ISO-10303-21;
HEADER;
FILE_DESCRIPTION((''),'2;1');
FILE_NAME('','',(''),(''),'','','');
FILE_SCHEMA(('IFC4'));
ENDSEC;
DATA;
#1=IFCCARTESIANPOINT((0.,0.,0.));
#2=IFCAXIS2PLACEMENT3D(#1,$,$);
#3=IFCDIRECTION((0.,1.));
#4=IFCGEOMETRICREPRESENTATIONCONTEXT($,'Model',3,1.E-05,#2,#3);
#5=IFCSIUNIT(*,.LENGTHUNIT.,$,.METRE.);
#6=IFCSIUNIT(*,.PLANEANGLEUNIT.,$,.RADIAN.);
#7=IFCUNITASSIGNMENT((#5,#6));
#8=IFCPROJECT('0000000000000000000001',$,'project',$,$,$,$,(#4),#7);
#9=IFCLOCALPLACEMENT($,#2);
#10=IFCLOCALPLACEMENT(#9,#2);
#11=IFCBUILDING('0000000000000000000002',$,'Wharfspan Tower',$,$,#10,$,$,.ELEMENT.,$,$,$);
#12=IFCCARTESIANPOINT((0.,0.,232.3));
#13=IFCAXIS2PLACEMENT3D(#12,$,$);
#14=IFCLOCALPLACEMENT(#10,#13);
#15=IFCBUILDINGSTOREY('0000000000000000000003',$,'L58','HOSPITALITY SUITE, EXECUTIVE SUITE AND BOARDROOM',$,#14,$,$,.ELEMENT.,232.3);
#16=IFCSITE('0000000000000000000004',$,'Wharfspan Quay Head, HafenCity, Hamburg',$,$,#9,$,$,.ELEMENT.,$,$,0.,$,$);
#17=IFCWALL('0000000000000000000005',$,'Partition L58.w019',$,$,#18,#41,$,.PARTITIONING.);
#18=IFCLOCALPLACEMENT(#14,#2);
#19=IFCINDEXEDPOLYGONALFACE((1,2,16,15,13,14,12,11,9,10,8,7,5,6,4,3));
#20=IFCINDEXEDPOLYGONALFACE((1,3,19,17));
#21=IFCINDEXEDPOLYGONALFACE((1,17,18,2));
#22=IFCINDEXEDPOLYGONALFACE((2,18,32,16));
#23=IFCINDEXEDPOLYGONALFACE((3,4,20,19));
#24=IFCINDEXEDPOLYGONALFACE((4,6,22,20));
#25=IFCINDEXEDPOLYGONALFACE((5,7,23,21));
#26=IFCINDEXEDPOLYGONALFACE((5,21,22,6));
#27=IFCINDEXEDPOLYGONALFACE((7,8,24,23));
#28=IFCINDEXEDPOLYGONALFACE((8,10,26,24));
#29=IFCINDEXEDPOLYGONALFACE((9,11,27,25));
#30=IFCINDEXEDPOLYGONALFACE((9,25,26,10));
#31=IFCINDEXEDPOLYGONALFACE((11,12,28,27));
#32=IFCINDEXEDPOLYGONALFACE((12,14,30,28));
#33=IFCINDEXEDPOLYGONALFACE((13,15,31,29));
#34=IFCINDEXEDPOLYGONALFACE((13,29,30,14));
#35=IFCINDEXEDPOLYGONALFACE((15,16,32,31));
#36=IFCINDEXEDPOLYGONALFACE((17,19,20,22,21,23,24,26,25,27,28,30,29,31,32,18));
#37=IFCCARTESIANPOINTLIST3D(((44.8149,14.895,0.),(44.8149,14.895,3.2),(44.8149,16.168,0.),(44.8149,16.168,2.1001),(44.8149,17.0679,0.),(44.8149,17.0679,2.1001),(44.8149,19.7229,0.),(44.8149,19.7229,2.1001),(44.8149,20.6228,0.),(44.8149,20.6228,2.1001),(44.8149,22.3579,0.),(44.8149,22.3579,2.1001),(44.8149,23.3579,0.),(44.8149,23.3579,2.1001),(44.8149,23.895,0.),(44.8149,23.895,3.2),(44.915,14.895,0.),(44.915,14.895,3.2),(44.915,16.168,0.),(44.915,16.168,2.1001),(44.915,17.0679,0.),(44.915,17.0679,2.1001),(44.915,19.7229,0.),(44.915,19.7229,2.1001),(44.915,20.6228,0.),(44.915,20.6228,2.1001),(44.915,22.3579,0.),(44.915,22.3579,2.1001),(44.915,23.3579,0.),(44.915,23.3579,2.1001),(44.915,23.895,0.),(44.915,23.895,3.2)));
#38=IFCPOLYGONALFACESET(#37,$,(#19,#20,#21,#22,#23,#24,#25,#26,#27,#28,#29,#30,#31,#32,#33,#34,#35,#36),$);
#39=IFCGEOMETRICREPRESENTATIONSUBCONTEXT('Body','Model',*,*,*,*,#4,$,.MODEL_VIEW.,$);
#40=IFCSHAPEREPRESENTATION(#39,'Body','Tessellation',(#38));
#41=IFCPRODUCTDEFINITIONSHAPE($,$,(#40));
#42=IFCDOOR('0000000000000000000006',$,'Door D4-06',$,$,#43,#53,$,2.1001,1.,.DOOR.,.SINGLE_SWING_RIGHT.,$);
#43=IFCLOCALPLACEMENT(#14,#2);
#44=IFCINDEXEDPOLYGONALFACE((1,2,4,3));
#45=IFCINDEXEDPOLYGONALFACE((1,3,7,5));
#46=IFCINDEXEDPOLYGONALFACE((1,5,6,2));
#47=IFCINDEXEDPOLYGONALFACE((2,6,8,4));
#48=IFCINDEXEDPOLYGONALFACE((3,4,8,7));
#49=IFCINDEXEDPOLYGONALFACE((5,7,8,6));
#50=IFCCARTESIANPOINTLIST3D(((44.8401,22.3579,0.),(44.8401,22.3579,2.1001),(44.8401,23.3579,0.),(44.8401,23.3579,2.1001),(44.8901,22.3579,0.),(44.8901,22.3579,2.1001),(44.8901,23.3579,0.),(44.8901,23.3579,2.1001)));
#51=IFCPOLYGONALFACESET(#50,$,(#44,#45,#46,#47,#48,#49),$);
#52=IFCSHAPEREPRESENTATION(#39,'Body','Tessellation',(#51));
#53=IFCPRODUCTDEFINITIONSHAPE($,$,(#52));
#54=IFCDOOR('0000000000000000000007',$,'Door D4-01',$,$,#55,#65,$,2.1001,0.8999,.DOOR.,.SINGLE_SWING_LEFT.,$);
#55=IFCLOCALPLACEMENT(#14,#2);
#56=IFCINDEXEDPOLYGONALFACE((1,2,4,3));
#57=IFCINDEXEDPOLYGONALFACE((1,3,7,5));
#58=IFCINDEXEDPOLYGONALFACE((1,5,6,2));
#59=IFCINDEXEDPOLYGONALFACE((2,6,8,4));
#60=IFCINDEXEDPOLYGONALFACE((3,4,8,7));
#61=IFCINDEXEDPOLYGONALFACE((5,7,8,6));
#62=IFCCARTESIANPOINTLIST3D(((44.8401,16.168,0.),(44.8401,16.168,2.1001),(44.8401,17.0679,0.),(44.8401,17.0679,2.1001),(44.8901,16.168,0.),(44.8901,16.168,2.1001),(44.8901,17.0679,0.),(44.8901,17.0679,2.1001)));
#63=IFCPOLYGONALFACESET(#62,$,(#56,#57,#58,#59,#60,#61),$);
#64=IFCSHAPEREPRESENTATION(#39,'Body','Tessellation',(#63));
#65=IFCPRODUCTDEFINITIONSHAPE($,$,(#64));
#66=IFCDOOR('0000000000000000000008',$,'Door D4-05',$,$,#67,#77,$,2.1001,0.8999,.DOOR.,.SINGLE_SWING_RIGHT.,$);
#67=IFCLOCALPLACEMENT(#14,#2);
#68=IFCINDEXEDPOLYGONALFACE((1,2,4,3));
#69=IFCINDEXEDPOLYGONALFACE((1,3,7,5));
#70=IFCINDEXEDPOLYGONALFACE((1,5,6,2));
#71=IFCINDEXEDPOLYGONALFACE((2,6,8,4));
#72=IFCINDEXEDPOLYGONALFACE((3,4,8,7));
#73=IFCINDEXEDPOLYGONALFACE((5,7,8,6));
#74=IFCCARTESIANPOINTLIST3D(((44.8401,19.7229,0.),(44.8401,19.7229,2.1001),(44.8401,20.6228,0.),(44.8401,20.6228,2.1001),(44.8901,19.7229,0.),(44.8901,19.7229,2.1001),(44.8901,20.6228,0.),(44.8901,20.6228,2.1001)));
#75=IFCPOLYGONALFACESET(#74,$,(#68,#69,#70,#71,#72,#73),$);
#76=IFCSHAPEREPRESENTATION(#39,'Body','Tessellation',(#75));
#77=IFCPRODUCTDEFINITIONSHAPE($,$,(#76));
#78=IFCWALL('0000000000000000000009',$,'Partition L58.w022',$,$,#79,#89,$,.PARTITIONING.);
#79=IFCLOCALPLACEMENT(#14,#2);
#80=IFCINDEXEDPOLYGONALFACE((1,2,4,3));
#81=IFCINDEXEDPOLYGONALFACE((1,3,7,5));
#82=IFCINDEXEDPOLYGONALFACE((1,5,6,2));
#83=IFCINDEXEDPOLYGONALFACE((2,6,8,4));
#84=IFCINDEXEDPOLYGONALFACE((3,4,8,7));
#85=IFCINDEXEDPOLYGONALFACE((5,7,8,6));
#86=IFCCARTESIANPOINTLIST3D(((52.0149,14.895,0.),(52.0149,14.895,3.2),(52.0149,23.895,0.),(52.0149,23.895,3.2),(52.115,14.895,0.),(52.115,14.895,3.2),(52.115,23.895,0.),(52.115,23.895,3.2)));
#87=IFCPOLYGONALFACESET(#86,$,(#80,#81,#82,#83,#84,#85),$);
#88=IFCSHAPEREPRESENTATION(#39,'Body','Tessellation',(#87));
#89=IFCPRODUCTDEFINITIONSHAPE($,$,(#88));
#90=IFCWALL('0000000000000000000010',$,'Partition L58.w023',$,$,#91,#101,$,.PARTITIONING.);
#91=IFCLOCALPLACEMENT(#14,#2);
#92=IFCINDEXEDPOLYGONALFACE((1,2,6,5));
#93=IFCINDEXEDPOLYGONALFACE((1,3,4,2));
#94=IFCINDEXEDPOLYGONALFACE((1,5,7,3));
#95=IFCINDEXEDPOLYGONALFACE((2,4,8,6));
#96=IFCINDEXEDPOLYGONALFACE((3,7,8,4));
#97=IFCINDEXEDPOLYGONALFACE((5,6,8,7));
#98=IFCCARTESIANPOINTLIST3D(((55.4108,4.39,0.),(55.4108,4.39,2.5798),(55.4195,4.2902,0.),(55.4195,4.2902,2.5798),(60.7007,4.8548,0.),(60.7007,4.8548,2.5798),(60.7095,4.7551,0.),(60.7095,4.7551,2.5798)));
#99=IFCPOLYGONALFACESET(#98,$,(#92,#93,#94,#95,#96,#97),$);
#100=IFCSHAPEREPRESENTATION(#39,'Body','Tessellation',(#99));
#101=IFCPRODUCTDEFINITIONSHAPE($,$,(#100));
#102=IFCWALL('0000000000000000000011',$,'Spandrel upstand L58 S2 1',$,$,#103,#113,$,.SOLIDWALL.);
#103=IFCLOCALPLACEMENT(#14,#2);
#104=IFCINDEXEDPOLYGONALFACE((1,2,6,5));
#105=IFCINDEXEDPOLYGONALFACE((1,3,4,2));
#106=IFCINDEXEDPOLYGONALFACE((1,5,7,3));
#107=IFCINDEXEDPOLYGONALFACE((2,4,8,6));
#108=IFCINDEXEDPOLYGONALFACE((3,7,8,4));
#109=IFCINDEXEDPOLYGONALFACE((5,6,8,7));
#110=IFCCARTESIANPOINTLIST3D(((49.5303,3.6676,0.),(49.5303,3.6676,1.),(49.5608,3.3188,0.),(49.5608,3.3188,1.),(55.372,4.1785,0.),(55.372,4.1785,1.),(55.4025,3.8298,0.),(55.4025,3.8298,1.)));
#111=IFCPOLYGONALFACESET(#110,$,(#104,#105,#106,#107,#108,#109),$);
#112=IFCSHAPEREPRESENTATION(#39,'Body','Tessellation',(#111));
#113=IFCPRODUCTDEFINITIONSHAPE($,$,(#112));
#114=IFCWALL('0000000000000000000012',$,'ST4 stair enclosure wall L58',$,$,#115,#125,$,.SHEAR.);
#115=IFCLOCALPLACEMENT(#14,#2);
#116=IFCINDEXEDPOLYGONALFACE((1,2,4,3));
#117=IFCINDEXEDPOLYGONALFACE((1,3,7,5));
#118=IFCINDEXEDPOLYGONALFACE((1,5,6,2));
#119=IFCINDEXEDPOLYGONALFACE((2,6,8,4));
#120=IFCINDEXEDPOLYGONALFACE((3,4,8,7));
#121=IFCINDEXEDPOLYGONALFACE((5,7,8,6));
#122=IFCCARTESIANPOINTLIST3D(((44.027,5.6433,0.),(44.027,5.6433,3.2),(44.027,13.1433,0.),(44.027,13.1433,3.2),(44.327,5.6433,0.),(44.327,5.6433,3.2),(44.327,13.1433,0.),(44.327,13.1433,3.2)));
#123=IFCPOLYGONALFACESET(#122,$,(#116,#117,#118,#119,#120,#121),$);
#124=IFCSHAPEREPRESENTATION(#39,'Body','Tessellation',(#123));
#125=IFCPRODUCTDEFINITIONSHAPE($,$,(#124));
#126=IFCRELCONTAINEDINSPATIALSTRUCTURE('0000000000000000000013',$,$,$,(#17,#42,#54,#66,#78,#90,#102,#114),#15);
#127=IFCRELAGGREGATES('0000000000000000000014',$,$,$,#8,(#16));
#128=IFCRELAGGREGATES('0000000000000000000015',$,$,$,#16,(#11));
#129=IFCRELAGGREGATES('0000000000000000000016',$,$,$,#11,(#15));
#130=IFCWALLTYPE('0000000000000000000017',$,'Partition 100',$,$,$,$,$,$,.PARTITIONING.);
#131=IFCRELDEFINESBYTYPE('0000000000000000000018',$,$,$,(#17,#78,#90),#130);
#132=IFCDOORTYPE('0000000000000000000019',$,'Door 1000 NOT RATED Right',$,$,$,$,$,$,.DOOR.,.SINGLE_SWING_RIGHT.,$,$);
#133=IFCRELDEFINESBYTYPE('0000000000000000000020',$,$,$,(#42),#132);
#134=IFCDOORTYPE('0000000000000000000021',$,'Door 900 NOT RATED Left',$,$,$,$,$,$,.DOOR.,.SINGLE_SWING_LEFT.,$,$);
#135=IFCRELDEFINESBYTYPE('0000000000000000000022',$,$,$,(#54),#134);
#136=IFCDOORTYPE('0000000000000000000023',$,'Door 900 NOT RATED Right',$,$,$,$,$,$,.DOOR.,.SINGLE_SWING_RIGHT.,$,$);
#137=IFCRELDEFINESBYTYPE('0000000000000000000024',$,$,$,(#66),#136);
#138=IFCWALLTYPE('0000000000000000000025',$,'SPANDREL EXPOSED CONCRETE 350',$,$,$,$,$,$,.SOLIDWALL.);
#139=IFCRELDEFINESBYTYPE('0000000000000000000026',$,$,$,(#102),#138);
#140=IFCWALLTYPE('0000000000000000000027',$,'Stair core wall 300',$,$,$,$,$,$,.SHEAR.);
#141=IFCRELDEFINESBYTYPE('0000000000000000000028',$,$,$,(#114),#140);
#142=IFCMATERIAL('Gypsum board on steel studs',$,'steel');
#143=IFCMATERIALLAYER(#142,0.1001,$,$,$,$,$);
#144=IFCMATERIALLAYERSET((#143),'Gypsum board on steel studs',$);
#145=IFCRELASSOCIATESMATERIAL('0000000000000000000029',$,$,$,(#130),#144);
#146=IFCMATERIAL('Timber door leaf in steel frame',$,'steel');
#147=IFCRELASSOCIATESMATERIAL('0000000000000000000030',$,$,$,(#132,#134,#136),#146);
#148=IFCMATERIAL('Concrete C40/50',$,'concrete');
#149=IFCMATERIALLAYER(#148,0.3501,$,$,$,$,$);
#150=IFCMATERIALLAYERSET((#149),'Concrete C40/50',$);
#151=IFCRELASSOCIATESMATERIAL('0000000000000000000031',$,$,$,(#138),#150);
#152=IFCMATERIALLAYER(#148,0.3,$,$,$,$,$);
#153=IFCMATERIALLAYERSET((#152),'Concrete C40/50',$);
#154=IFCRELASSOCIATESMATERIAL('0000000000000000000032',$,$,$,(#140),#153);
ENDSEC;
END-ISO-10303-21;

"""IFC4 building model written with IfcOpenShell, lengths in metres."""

from ifc_helpers import new_model, si_unit, direction, frame, frame_2d, origin, place, context, subcontext, project, spatial, rectangle, extrude, material, layer, layer_set, type_object, element, fill, save


model = new_model("IFC4")

# Units and contexts
model_context = context("Model", 3, precision=1e-05, world=origin(), true_north=direction((0.0, 1.0)))
body_context = subcontext(model_context, "Body", "Model", "MODEL_VIEW")
ifc_project = project(units=[si_unit("LENGTHUNIT", "METRE"), si_unit("PLANEANGLEUNIT", "RADIAN")], contexts=[model_context])

# Site, building, storey
site_placement = place(None, origin())
site = spatial("IfcSite", under=ifc_project, at=site_placement, Name="Wharfspan Quay Head, HafenCity, Hamburg", CompositionType="ELEMENT", RefElevation=0.0)
building_placement = place(site_placement, origin())
building = spatial("IfcBuilding", under=site, at=building_placement, Name="Wharfspan Tower", CompositionType="ELEMENT")
storey_placement = place(building_placement, frame((0.0, 0.0, 232.3)))
storey = spatial("IfcBuildingStorey", under=building, at=storey_placement, Name="L58", Description="HOSPITALITY SUITE, EXECUTIVE SUITE AND BOARDROOM", CompositionType="ELEMENT", Elevation=232.3)

# Shared definitions
ifc_material_1 = material(Name="Gypsum board on steel studs", Category="steel")
ifc_layer_1 = layer(ifc_material_1, 0.1001)
ifc_layer_set_1 = layer_set([ifc_layer_1], Name="Gypsum board on steel studs")
wall_type_1 = type_object("IfcWallType", Name="Partition 100", PredefinedType="PARTITIONING", material=ifc_layer_set_1)

# Wall, openings, doors
wall_1_placement = place(storey_placement, frame((44.865, 14.895, 0.0), z_axis=(0.0, 0.0, 1.0), x_axis=(0.0, 1.0, 0.0)))
wall_1 = element("IfcWall", 1, at=wall_1_placement, inside=storey, type_object=wall_type_1, Name="Partition L58.w019", PredefinedType="PARTITIONING", context=body_context, shape_type="SweptSolid", body=[
    extrude(rectangle(XDim=9.0, YDim=0.1001, at=frame_2d((4.5, 0.0))), origin(), (0.0, 0.0, 1.0), 3.2),
])
opening_1_placement = place(wall_1_placement, frame((1.2729, 0.0, 0.0)))
opening_1 = element("IfcOpeningElement", 2, at=opening_1_placement, cuts=wall_1, PredefinedType="OPENING", context=body_context, shape_type="SweptSolid", body=[
    extrude(rectangle(XDim=0.8999, YDim=2.1001, at=frame_2d((0.45, 1.05))), frame((0.0, 0.0601, 0.0), z_axis=(0.0, -1.0, 0.0), x_axis=(1.0, 0.0, 0.0)), (0.0, 0.0, 1.0), 0.1201),
])
opening_2_placement = place(wall_1_placement, frame((4.8279, 0.0, 0.0)))
opening_2 = element("IfcOpeningElement", 3, at=opening_2_placement, cuts=wall_1, PredefinedType="OPENING", context=body_context, shape_type="SweptSolid", body=[
    extrude(rectangle(XDim=0.8999, YDim=2.1001, at=frame_2d((0.45, 1.05))), frame((0.0, 0.0601, 0.0), z_axis=(0.0, -1.0, 0.0), x_axis=(1.0, 0.0, 0.0)), (0.0, 0.0, 1.0), 0.1201),
])
opening_3_placement = place(wall_1_placement, frame((7.4629, 0.0, 0.0)))
opening_3 = element("IfcOpeningElement", 4, at=opening_3_placement, cuts=wall_1, PredefinedType="OPENING", context=body_context, shape_type="SweptSolid", body=[
    extrude(rectangle(XDim=1.0, YDim=2.1001, at=frame_2d((0.5, 1.05))), frame((0.0, 0.0601, 0.0), z_axis=(0.0, -1.0, 0.0), x_axis=(1.0, 0.0, 0.0)), (0.0, 0.0, 1.0), 0.1201),
])
ifc_material_2 = material(Name="Timber door leaf in steel frame", Category="steel")
door_type_1 = type_object("IfcDoorType", Name="Door 1000 NOT RATED Right", OperationType="SINGLE_SWING_RIGHT", PredefinedType="DOOR", material=ifc_material_2)
door_1_placement = place(opening_3_placement, origin())
door_1 = element("IfcDoor", 5, at=door_1_placement, inside=storey, type_object=door_type_1, Name="Door D4-06", OperationType="SINGLE_SWING_RIGHT", OverallHeight=2.1001, OverallWidth=1.0, PredefinedType="DOOR", context=body_context, shape_type="SweptSolid", body=[
    extrude(rectangle(XDim=1.0, YDim=2.1001, at=frame_2d((0.5, 1.05))), frame((0.0, 0.0249, 0.0), z_axis=(0.0, -1.0, 0.0), x_axis=(1.0, 0.0, 0.0)), (0.0, 0.0, 1.0), 0.05),
])
fill(opening_3, door_1)
door_type_2 = type_object("IfcDoorType", Name="Door 900 NOT RATED Left", OperationType="SINGLE_SWING_LEFT", PredefinedType="DOOR", material=ifc_material_2)
door_2_placement = place(opening_1_placement, origin())
door_2 = element("IfcDoor", 6, at=door_2_placement, inside=storey, type_object=door_type_2, Name="Door D4-01", OperationType="SINGLE_SWING_LEFT", OverallHeight=2.1001, OverallWidth=0.8999, PredefinedType="DOOR", context=body_context, shape_type="SweptSolid", body=[
    extrude(rectangle(XDim=0.8999, YDim=2.1001, at=frame_2d((0.45, 1.05))), frame((0.0, 0.0249, 0.0), z_axis=(0.0, -1.0, 0.0), x_axis=(1.0, 0.0, 0.0)), (0.0, 0.0, 1.0), 0.05),
])
fill(opening_1, door_2)
door_type_3 = type_object("IfcDoorType", Name="Door 900 NOT RATED Right", OperationType="SINGLE_SWING_RIGHT", PredefinedType="DOOR", material=ifc_material_2)
door_3_placement = place(opening_2_placement, origin())
door_3 = element("IfcDoor", 7, at=door_3_placement, inside=storey, type_object=door_type_3, Name="Door D4-05", OperationType="SINGLE_SWING_RIGHT", OverallHeight=2.1001, OverallWidth=0.8999, PredefinedType="DOOR", context=body_context, shape_type="SweptSolid", body=[
    extrude(rectangle(XDim=0.8999, YDim=2.1001, at=frame_2d((0.45, 1.05))), frame((0.0, 0.0249, 0.0), z_axis=(0.0, -1.0, 0.0), x_axis=(1.0, 0.0, 0.0)), (0.0, 0.0, 1.0), 0.05),
])
fill(opening_2, door_3)

# Walls
wall_2_placement = place(storey_placement, frame((52.0649, 14.895, 0.0), z_axis=(0.0, 0.0, 1.0), x_axis=(0.0, 1.0, 0.0)))
element("IfcWall", 8, at=wall_2_placement, inside=storey, type_object=wall_type_1, Name="Partition L58.w022", PredefinedType="PARTITIONING", context=body_context, shape_type="SweptSolid", body=[
    extrude(rectangle(XDim=9.0, YDim=0.1001, at=frame_2d((4.5, 0.0))), origin(), (0.0, 0.0, 1.0), 3.2),
])
wall_3_placement = place(storey_placement, frame((55.415, 4.3401, 0.0), z_axis=(0.0, 0.0, 1.0), x_axis=(0.996159, 0.087534, 0.0)))
element("IfcWall", 9, at=wall_3_placement, inside=storey, type_object=wall_type_1, Name="Partition L58.w023", PredefinedType="PARTITIONING", context=body_context, shape_type="SweptSolid", body=[
    extrude(rectangle(XDim=5.3103, YDim=0.1001, at=frame_2d((2.6553, 0.0))), origin(), (0.0, 0.0, 1.0), 2.5798),
])
ifc_material_3 = material(Name="Concrete C40/50", Category="concrete")
ifc_layer_2 = layer(ifc_material_3, 0.3501)
ifc_layer_set_2 = layer_set([ifc_layer_2], Name="Concrete C40/50")
wall_type_2 = type_object("IfcWallType", Name="SPANDREL EXPOSED CONCRETE 350", PredefinedType="SOLIDWALL", material=ifc_layer_set_2)
wall_4_placement = place(storey_placement, frame((49.5454, 3.4932, 0.0), z_axis=(0.0, 0.0, 1.0), x_axis=(0.996196, 0.087138, 0.0)))
element("IfcWall", 10, at=wall_4_placement, inside=storey, type_object=wall_type_2, Name="Spandrel upstand L58 S2 1", PredefinedType="SOLIDWALL", context=body_context, shape_type="SweptSolid", body=[
    extrude(rectangle(XDim=5.864, YDim=0.3501, at=frame_2d((2.9321, 0.0))), origin(), (0.0, 0.0, 1.0), 1.0),
])
ifc_layer_3 = layer(ifc_material_3, 0.3)
ifc_layer_set_3 = layer_set([ifc_layer_3], Name="Concrete C40/50")
wall_type_3 = type_object("IfcWallType", Name="Stair core wall 300", PredefinedType="SHEAR", material=ifc_layer_set_3)
wall_5_placement = place(storey_placement, frame((44.177, 5.6433, 0.0), z_axis=(0.0, 0.0, 1.0), x_axis=(0.0, 1.0, 0.0)))
element("IfcWall", 11, at=wall_5_placement, inside=storey, type_object=wall_type_3, Name="ST4 stair enclosure wall L58", PredefinedType="SHEAR", context=body_context, shape_type="SweptSolid", body=[
    extrude(rectangle(XDim=7.5, YDim=0.3, at=frame_2d((3.75, 0.0))), origin(), (0.0, 0.0, 1.0), 3.2),
])

save(model, "model.ifc")
